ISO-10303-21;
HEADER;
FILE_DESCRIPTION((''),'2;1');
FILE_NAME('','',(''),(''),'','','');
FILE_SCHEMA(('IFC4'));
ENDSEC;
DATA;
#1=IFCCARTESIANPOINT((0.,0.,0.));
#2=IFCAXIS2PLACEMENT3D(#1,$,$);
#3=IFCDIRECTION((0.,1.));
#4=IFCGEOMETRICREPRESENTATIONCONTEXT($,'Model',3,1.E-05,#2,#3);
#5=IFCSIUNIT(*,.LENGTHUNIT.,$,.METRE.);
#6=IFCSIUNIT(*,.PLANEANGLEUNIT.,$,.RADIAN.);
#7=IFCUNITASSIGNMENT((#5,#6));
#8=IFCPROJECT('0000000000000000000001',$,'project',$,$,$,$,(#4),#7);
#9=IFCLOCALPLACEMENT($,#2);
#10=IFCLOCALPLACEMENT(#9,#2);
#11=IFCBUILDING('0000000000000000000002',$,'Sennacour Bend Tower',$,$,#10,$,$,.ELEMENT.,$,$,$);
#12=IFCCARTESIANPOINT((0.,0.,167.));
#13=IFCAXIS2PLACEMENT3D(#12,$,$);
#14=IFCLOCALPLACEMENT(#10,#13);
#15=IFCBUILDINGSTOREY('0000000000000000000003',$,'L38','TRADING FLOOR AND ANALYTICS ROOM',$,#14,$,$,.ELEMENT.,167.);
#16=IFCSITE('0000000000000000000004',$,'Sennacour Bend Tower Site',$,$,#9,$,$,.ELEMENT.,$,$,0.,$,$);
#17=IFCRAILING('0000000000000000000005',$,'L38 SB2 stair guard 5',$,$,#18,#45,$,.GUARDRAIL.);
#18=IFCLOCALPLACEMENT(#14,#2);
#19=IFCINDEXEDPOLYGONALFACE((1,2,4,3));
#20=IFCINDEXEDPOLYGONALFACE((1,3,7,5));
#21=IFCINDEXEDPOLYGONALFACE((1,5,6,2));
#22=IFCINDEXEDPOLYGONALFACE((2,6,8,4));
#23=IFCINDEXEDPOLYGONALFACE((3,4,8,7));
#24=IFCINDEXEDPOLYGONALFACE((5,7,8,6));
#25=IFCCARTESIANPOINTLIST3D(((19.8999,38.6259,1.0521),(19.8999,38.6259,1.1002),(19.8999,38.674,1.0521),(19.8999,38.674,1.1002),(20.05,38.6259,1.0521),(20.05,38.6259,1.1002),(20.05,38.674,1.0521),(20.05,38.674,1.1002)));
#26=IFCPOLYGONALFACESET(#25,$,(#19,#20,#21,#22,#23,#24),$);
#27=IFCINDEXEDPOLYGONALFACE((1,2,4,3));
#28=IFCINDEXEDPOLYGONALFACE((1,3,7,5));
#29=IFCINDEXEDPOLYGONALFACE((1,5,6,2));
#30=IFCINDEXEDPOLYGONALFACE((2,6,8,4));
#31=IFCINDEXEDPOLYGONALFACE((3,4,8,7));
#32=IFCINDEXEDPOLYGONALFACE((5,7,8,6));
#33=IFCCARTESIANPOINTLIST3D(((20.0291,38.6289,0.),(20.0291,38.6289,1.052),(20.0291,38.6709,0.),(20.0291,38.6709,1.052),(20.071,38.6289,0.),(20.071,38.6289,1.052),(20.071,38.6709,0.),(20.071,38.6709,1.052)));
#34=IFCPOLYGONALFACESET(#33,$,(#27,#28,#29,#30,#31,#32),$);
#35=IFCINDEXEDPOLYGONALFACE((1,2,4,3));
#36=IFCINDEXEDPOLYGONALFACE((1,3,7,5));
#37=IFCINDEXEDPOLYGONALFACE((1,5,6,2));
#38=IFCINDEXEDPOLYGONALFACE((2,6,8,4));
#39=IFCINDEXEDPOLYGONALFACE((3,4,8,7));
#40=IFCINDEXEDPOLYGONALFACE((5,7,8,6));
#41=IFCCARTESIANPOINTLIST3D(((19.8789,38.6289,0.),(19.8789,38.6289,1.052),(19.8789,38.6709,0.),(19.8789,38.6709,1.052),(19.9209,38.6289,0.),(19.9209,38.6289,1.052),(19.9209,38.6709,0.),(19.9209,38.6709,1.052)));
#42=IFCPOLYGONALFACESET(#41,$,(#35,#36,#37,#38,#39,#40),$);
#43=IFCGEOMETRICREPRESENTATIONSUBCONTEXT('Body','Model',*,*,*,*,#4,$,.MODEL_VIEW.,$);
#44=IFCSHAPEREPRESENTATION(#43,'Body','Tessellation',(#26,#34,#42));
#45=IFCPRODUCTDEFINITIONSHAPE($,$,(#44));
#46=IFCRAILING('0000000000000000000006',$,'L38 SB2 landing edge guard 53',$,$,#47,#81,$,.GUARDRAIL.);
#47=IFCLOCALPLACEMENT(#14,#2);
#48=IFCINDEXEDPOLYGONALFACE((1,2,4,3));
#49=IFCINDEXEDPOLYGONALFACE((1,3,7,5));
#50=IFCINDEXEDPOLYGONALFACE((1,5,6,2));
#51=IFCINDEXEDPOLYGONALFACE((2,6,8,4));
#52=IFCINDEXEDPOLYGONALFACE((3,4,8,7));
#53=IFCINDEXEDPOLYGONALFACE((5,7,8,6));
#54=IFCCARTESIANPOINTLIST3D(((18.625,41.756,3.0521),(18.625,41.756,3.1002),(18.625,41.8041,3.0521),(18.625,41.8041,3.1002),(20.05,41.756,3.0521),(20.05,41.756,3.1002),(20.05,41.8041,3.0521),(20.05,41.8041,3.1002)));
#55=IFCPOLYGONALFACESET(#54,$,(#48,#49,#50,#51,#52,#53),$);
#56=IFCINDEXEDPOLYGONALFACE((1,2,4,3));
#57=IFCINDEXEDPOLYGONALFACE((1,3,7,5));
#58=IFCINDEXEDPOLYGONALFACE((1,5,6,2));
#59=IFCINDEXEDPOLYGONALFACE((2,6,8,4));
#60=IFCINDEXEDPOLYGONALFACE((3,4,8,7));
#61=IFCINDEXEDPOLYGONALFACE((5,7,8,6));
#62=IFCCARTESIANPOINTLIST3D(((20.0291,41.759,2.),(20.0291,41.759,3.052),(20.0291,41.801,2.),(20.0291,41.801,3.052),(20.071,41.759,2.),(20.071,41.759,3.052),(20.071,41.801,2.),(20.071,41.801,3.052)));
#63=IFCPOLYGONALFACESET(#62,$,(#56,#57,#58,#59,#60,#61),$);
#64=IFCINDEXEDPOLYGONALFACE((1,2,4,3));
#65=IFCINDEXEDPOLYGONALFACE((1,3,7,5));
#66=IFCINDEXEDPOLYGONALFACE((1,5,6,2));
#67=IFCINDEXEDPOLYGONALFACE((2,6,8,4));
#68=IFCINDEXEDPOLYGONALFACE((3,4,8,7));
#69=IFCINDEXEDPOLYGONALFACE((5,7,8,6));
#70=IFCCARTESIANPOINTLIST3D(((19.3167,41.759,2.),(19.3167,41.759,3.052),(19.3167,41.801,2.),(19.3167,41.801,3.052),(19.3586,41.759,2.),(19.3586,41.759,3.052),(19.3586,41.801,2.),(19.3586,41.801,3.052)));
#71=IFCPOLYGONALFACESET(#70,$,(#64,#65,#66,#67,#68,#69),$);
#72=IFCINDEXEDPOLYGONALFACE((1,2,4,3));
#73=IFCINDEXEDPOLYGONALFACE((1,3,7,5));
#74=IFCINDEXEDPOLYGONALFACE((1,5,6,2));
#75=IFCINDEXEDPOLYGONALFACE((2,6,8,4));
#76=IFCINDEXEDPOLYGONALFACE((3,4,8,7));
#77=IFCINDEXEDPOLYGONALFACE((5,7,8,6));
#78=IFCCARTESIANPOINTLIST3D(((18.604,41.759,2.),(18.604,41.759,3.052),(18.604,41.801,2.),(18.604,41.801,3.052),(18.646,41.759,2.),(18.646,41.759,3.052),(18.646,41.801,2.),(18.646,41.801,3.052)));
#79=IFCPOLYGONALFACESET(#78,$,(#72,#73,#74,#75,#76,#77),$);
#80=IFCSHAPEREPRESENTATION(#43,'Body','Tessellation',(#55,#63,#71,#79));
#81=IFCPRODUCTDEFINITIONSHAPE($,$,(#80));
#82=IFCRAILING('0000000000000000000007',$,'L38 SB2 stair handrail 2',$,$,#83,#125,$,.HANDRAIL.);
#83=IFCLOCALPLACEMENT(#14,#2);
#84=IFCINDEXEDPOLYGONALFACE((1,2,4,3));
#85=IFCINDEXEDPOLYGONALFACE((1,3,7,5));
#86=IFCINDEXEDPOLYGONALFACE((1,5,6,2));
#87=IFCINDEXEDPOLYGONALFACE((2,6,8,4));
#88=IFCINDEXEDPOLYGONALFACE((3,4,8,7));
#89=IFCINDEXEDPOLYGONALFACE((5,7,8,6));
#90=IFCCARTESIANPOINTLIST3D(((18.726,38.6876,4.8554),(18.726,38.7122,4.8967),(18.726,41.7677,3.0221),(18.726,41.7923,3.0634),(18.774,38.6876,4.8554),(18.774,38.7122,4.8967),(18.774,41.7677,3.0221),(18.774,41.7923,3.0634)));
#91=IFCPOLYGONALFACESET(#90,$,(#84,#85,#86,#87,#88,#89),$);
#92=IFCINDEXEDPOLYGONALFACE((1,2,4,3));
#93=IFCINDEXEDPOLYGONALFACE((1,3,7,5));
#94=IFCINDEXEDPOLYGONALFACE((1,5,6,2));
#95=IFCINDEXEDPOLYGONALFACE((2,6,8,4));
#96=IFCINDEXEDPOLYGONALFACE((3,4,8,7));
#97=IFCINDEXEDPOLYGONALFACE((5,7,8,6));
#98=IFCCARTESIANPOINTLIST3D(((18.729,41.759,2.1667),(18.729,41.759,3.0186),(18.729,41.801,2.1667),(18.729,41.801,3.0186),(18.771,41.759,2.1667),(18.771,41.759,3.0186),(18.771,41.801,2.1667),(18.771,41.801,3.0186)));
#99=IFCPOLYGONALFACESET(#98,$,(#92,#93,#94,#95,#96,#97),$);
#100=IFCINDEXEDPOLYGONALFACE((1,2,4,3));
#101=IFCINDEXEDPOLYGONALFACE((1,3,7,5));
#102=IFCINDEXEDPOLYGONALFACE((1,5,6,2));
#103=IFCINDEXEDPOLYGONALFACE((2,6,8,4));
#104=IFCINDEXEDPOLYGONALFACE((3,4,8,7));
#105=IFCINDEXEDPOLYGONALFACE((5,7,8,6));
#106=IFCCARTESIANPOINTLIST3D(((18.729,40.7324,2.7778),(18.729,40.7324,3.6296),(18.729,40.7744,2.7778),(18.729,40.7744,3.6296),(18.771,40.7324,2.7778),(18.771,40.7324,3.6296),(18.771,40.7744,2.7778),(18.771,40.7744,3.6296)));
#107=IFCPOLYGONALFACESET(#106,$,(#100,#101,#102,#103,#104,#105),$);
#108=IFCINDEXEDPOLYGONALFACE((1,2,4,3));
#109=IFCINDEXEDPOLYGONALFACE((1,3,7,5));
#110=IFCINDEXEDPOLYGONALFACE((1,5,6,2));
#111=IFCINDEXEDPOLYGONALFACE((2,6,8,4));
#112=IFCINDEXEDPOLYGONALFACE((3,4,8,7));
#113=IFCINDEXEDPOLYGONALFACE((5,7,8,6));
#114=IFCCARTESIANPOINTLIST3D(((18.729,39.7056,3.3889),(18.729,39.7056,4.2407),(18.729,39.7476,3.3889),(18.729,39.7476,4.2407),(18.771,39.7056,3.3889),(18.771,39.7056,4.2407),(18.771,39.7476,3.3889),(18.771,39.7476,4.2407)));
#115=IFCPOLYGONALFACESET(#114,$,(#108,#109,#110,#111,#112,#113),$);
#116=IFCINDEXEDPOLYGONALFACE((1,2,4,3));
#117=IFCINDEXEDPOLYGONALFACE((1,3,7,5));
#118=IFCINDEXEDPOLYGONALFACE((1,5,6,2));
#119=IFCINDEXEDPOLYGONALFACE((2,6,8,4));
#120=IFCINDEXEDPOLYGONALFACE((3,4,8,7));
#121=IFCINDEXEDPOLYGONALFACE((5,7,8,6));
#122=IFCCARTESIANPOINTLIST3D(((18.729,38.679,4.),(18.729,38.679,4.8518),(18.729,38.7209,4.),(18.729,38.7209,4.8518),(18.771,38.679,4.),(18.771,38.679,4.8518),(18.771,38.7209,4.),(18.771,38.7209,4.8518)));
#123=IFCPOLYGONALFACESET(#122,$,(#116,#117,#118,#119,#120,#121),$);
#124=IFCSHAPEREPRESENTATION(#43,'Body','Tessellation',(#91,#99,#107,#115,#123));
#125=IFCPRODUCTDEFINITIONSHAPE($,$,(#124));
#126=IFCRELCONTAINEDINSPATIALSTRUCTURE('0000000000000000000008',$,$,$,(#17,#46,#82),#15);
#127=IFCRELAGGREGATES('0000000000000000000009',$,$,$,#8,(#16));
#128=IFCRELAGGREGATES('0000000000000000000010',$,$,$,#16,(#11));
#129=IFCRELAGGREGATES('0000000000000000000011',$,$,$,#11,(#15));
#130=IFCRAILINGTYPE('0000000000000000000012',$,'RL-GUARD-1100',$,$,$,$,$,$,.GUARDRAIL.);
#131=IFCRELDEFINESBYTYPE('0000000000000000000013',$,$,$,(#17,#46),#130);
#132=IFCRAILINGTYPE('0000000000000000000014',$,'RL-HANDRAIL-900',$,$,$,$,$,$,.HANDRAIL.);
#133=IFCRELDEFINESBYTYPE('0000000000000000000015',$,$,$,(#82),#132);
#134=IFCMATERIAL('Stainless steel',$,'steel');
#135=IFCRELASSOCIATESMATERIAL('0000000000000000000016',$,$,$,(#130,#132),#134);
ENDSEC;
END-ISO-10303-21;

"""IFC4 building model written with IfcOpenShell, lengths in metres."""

from ifc_helpers import new_model, si_unit, direction, frame, origin, origin_2d, place, context, subcontext, project, spatial, rectangle, extrude, material, type_object, element, save


model = new_model("IFC4")

# Units and contexts
model_context = context("Model", 3, precision=1e-05, world=origin(), true_north=direction((0.0, 1.0)))
body_context = subcontext(model_context, "Body", "Model", "MODEL_VIEW")
ifc_project = project(units=[si_unit("LENGTHUNIT", "METRE"), si_unit("PLANEANGLEUNIT", "RADIAN")], contexts=[model_context])

# Site, building, storey
site_placement = place(None, origin())
site = spatial("IfcSite", under=ifc_project, at=site_placement, Name="Sennacour Bend Tower Site", CompositionType="ELEMENT", RefElevation=0.0)
building_placement = place(site_placement, origin())
building = spatial("IfcBuilding", under=site, at=building_placement, Name="Sennacour Bend Tower", CompositionType="ELEMENT")
storey_placement = place(building_placement, frame((0.0, 0.0, 167.0)))
storey = spatial("IfcBuildingStorey", under=building, at=storey_placement, Name="L38", Description="TRADING FLOOR AND ANALYTICS ROOM", CompositionType="ELEMENT", Elevation=167.0)

# Shared definitions
ifc_material_1 = material(Name="Stainless steel", Category="steel")

# Railings
railing_type_1 = type_object("IfcRailingType", Name="RL-GUARD-1100", PredefinedType="GUARDRAIL", material=ifc_material_1)
railing_1_placement = place(storey_placement, frame((20.05, 38.6499, 0.0)))
element("IfcRailing", 1, at=railing_1_placement, inside=storey, type_object=railing_type_1, Name="L38 SB2 stair guard 5", PredefinedType="GUARDRAIL", context=body_context, shape_type="SweptSolid", body=[
    extrude(rectangle(XDim=0.0481, YDim=0.0481, at=origin_2d()), frame((0.0, 0.0, 1.0762), z_axis=(-1.0, 0.0, 0.0), x_axis=(0.0, -1.0, 0.0)), (0.0, 0.0, 1.0), 0.1501),
    extrude(rectangle(XDim=0.042, YDim=0.042, at=origin_2d()), origin(), (0.0, 0.0, 1.0), 1.052),
    extrude(rectangle(XDim=0.042, YDim=0.042, at=origin_2d()), frame((-0.1501, 0.0, 0.0)), (0.0, 0.0, 1.0), 1.052),
])
railing_2_placement = place(storey_placement, frame((20.05, 41.78, 2.0)))
element("IfcRailing", 2, at=railing_2_placement, inside=storey, type_object=railing_type_1, Name="L38 SB2 landing edge guard 53", PredefinedType="GUARDRAIL", context=body_context, shape_type="SweptSolid", body=[
    extrude(rectangle(XDim=0.0481, YDim=0.0481, at=origin_2d()), frame((0.0, 0.0, 1.0762), z_axis=(-1.0, 0.0, 0.0), x_axis=(0.0, -1.0, 0.0)), (0.0, 0.0, 1.0), 1.425),
    extrude(rectangle(XDim=0.042, YDim=0.042, at=origin_2d()), origin(), (0.0, 0.0, 1.0), 1.052),
    extrude(rectangle(XDim=0.042, YDim=0.042, at=origin_2d()), frame((-0.7124, 0.0, 0.0)), (0.0, 0.0, 1.0), 1.052),
    extrude(rectangle(XDim=0.042, YDim=0.042, at=origin_2d()), frame((-1.425, 0.0, 0.0)), (0.0, 0.0, 1.0), 1.052),
])
railing_type_2 = type_object("IfcRailingType", Name="RL-HANDRAIL-900", PredefinedType="HANDRAIL", material=ifc_material_1)
railing_3_placement = place(storey_placement, frame((18.75, 41.78, 2.1667)))
element("IfcRailing", 3, at=railing_3_placement, inside=storey, type_object=railing_type_2, Name="L38 SB2 stair handrail 2", PredefinedType="HANDRAIL", context=body_context, shape_type="SweptSolid", body=[
    extrude(rectangle(XDim=0.0481, YDim=0.0481, at=origin_2d()), frame((0.0, 0.0, 0.876), z_axis=(0.0, -0.859309, 0.511458), x_axis=(1.0, 0.0, 0.0)), (0.0, 0.0, 1.0), 3.5845),
    extrude(rectangle(XDim=0.042, YDim=0.042, at=origin_2d()), origin(), (0.0, 0.0, 1.0), 0.8518),
    extrude(rectangle(XDim=0.042, YDim=0.042, at=origin_2d()), frame((0.0, -1.0266, 0.6111)), (0.0, 0.0, 1.0), 0.8518),
    extrude(rectangle(XDim=0.042, YDim=0.042, at=origin_2d()), frame((0.0, -2.0535, 1.2222)), (0.0, 0.0, 1.0), 0.8518),
    extrude(rectangle(XDim=0.042, YDim=0.042, at=origin_2d()), frame((0.0, -3.0801, 1.8333)), (0.0, 0.0, 1.0), 0.8518),
])

save(model, "model.ifc")
